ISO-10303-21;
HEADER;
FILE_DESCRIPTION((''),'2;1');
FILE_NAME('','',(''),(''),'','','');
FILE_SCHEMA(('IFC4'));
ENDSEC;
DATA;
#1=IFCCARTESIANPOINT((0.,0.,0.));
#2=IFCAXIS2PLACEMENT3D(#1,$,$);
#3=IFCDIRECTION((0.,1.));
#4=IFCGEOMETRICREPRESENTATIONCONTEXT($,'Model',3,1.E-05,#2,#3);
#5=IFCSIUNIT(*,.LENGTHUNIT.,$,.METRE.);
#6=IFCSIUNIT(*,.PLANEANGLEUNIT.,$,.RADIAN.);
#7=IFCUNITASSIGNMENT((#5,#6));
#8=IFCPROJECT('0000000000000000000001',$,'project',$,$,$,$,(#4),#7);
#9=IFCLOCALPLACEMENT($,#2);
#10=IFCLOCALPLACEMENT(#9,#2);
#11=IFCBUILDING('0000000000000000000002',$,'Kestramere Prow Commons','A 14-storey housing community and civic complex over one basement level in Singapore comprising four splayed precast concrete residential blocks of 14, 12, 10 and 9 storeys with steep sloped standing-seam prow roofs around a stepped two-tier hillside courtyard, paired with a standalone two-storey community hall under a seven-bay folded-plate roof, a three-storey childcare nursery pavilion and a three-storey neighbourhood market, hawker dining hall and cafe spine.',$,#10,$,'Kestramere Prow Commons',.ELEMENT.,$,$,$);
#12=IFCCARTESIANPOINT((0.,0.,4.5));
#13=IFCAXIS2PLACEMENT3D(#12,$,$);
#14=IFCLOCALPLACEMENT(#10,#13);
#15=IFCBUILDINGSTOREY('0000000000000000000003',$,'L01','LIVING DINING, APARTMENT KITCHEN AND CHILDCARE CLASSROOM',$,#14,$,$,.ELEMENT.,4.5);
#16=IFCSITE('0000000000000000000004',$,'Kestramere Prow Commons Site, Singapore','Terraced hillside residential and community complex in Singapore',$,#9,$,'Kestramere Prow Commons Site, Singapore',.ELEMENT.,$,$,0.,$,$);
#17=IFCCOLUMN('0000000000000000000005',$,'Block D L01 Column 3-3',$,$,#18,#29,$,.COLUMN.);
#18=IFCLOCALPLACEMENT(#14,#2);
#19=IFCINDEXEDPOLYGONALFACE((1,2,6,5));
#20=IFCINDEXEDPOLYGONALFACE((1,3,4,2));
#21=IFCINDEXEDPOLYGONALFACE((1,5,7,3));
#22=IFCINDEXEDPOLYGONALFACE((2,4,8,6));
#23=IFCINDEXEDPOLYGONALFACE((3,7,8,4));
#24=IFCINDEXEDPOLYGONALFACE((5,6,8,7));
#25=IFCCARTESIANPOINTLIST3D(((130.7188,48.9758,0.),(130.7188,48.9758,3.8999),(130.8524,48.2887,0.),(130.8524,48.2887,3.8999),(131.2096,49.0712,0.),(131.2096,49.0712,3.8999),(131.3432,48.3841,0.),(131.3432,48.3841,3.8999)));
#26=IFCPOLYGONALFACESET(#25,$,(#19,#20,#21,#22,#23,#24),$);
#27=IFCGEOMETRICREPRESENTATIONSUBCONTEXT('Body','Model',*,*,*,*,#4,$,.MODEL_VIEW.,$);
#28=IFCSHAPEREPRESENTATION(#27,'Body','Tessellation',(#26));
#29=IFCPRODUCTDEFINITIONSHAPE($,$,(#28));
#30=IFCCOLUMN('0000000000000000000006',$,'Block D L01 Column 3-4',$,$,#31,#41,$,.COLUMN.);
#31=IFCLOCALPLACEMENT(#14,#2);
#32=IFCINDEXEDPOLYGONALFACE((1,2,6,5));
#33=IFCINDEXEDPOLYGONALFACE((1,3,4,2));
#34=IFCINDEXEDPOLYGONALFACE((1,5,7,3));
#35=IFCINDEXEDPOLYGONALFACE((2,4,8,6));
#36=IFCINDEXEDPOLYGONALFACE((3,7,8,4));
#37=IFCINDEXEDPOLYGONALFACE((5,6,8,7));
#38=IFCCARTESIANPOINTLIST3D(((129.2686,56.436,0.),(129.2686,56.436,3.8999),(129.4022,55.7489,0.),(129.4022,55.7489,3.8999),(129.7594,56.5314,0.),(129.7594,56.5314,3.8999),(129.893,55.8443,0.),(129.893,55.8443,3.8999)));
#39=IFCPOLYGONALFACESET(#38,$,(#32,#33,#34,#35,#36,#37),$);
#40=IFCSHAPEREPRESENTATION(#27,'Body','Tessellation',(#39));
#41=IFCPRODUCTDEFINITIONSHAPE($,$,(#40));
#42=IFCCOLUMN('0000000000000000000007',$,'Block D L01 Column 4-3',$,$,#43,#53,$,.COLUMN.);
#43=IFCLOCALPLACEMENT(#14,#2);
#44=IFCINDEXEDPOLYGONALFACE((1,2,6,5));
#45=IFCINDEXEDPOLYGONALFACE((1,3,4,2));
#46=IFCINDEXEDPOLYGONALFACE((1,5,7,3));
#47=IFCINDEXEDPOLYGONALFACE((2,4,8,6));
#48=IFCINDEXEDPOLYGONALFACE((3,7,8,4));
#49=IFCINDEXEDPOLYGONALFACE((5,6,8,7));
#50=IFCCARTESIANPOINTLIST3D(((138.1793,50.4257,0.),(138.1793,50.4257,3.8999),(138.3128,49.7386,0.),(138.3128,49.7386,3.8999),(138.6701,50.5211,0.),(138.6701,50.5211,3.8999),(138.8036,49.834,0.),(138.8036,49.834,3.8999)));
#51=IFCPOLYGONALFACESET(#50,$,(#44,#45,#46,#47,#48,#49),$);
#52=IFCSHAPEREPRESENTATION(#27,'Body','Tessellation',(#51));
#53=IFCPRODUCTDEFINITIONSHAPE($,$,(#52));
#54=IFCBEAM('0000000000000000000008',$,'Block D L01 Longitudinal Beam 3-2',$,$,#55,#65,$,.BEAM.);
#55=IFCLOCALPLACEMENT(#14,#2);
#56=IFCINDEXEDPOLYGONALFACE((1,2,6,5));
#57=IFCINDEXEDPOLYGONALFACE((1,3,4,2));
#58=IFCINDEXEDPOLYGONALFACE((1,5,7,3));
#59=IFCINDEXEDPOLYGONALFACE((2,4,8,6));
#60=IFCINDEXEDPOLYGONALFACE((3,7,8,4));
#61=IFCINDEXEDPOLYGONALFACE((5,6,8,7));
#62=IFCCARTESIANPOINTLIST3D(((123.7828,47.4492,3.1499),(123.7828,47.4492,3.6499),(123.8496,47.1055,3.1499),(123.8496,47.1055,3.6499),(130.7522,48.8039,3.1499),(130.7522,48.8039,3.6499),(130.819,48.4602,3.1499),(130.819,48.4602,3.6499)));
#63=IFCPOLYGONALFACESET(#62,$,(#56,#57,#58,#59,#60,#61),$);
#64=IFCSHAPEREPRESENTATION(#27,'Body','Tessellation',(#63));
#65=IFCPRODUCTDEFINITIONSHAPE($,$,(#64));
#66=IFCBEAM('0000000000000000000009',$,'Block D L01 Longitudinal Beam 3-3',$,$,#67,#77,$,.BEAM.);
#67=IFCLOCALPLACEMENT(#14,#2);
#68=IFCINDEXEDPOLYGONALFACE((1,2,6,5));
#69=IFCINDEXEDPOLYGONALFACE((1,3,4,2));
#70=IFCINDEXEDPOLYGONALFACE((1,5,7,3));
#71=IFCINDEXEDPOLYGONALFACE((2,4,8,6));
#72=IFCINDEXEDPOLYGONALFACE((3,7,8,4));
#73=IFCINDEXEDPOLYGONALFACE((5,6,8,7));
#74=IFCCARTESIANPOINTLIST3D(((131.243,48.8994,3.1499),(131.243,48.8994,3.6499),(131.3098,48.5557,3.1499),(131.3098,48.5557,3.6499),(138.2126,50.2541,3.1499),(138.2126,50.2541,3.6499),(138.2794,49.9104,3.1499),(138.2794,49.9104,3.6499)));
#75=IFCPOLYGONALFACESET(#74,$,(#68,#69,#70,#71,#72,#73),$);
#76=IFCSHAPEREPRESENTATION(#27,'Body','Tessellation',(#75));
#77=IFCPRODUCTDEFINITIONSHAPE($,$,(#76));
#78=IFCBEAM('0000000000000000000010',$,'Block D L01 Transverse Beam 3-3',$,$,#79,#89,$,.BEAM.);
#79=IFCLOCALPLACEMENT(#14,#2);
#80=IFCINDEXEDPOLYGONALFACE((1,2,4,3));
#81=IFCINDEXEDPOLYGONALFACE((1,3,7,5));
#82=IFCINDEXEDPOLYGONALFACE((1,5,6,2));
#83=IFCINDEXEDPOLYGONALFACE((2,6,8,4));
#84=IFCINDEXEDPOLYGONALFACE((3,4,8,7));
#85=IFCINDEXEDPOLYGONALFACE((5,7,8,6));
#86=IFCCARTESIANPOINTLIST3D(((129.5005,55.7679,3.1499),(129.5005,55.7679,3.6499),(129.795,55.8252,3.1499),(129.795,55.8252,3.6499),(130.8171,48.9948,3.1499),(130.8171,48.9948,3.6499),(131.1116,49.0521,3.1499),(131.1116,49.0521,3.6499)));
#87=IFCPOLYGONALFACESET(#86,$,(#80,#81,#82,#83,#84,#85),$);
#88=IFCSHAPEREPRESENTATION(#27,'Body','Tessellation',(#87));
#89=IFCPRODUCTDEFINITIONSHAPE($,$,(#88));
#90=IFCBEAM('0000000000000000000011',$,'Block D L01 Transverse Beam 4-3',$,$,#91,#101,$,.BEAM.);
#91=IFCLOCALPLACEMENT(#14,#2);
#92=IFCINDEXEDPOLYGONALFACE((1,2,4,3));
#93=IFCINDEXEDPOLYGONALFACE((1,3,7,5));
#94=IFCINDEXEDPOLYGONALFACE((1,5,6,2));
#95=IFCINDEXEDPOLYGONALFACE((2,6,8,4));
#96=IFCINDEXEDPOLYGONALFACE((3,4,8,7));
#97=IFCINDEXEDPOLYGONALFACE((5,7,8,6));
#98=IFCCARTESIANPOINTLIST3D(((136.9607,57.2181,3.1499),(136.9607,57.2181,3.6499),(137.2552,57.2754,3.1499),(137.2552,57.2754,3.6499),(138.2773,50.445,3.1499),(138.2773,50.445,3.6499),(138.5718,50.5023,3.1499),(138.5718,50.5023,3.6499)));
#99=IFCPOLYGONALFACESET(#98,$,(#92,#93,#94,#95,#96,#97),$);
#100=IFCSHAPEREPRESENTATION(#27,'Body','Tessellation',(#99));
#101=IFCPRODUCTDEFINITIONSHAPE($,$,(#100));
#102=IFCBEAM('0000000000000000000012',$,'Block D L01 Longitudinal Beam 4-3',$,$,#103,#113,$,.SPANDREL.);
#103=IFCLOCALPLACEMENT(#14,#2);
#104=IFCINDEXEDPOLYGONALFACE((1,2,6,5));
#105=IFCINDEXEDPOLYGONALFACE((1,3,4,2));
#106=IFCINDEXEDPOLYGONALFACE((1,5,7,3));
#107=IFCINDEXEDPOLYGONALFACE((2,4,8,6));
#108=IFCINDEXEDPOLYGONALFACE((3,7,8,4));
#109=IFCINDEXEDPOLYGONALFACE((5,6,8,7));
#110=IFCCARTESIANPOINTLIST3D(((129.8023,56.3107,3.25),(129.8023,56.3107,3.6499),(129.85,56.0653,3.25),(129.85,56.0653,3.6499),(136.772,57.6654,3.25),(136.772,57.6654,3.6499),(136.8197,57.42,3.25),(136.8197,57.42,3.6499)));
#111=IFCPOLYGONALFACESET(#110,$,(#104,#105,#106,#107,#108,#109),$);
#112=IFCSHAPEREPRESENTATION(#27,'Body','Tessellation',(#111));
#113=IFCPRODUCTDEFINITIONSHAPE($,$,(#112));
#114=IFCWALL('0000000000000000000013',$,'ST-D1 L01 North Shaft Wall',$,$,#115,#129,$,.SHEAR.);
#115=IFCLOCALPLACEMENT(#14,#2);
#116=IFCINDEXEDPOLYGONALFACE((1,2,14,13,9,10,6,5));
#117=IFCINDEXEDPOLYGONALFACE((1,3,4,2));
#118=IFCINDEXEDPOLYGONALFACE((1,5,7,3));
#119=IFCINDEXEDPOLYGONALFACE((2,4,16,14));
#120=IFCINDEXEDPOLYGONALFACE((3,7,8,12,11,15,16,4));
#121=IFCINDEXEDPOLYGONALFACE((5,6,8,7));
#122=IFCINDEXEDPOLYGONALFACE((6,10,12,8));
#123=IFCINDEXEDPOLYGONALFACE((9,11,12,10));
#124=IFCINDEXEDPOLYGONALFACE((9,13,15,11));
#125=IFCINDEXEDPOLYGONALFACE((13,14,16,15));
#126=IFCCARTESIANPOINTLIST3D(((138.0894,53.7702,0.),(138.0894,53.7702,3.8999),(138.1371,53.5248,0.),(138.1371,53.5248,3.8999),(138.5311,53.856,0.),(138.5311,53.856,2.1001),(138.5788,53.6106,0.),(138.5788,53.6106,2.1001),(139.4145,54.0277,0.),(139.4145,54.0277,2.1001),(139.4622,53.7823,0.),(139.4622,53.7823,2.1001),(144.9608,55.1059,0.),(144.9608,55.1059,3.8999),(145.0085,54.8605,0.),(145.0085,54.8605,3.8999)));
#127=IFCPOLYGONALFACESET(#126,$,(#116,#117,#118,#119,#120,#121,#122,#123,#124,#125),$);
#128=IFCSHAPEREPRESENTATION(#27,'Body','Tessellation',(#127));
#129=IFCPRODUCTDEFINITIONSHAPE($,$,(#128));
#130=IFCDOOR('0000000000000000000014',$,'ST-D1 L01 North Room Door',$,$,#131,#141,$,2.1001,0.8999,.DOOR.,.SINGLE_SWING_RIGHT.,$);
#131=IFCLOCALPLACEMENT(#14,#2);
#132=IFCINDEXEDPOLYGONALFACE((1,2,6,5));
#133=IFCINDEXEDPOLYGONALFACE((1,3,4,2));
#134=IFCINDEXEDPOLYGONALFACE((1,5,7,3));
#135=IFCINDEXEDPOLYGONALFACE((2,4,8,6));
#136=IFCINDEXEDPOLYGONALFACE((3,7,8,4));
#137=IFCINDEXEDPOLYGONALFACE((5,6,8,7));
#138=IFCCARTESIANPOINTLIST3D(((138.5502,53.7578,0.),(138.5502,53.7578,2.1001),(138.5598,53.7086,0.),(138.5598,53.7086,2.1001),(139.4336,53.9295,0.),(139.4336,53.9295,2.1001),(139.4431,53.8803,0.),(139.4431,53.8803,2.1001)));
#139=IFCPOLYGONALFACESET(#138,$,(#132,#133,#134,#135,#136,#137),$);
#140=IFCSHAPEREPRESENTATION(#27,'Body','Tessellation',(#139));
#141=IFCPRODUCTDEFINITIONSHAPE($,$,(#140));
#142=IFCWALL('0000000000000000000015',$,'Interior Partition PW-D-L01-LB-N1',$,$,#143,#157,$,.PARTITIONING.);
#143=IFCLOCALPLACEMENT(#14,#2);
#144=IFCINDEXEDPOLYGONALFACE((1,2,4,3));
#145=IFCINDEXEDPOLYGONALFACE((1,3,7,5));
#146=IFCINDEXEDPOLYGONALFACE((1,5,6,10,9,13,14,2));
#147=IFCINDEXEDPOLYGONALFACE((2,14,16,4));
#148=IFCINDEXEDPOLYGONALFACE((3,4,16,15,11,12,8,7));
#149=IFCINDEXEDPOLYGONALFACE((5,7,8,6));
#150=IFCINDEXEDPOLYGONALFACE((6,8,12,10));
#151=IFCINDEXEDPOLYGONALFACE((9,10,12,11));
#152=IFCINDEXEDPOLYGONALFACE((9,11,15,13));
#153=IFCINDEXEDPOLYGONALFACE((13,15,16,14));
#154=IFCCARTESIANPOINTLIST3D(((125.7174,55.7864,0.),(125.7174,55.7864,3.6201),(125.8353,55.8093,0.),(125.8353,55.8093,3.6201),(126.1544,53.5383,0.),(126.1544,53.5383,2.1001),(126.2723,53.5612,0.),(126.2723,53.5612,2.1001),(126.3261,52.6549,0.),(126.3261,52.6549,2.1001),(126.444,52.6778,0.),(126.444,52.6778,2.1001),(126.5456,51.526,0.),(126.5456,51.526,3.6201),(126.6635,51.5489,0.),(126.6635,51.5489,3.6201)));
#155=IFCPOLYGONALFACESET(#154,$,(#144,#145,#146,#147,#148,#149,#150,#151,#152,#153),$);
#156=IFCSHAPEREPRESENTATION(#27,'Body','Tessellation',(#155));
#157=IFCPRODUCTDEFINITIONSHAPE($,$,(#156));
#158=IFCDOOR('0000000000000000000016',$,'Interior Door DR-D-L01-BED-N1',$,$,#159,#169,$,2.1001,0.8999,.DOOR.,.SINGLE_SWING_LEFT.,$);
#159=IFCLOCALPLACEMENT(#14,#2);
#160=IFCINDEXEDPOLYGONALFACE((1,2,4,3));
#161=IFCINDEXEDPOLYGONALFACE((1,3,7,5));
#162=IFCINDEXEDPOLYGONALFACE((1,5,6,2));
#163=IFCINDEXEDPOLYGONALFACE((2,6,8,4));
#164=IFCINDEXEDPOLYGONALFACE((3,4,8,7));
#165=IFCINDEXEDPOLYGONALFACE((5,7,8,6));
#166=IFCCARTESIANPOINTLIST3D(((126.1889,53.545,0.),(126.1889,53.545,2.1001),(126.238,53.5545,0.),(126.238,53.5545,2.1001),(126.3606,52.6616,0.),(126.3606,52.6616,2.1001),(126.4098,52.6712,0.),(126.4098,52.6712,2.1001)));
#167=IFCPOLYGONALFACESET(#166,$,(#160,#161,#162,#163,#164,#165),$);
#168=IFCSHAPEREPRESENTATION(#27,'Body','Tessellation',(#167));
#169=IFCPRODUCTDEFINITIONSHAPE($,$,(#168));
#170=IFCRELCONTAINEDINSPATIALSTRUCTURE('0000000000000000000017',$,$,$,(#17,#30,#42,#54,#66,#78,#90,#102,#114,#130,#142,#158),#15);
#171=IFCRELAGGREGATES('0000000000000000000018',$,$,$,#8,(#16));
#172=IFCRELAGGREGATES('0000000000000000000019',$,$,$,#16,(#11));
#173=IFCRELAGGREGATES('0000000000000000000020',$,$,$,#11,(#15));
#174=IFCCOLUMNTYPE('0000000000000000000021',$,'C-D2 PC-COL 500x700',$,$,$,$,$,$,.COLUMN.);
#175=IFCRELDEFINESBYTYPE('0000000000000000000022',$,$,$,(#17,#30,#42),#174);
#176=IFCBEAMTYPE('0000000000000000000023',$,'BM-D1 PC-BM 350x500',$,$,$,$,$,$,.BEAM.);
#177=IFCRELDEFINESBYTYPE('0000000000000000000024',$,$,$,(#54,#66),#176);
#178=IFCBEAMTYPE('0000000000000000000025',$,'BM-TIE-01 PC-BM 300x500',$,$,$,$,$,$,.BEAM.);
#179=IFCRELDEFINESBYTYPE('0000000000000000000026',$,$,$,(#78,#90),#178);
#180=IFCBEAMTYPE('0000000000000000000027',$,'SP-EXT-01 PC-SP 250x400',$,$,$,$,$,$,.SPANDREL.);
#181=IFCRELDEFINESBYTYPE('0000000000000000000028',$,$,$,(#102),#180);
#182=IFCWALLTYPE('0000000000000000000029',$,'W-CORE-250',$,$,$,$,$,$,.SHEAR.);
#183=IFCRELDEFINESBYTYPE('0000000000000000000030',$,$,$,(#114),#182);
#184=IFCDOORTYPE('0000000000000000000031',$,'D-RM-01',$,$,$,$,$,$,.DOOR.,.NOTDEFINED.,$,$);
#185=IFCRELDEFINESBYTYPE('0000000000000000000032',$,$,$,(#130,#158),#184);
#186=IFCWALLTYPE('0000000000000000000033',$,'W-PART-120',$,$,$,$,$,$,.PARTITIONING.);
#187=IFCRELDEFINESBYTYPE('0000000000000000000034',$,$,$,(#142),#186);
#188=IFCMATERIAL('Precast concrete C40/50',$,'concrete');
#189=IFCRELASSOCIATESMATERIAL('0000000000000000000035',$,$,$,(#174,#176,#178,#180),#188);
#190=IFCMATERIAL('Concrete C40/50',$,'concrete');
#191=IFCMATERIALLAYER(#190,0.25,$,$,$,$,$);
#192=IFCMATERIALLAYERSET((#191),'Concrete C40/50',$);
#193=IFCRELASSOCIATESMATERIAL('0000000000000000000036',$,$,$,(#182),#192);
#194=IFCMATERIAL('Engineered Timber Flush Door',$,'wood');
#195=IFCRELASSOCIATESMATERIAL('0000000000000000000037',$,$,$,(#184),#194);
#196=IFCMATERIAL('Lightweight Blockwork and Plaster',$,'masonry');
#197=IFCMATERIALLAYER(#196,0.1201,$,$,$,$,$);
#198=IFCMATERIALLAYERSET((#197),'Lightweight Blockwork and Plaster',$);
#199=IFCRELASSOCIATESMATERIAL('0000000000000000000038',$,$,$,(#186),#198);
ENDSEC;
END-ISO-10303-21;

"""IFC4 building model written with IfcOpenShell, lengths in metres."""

from ifc_helpers import new_model, si_unit, direction, frame, frame_2d, origin, origin_2d, place, context, subcontext, project, spatial, rectangle, extrude, material, layer, layer_set, material_profile, profile_set, type_object, element, fill, save


model = new_model("IFC4")

# Units and contexts
model_context = context("Model", 3, precision=1e-05, world=origin(), true_north=direction((0.0, 1.0)))
body_context = subcontext(model_context, "Body", "Model", "MODEL_VIEW")
ifc_project = project(units=[si_unit("LENGTHUNIT", "METRE"), si_unit("PLANEANGLEUNIT", "RADIAN")], contexts=[model_context])

# Site, building, storey
site_placement = place(None, origin())
site = spatial("IfcSite", under=ifc_project, at=site_placement, Name="Kestramere Prow Commons Site, Singapore", Description="Terraced hillside residential and community complex in Singapore", LongName="Kestramere Prow Commons Site, Singapore", CompositionType="ELEMENT", RefElevation=0.0)
building_placement = place(site_placement, origin())
building = spatial("IfcBuilding", under=site, at=building_placement, Name="Kestramere Prow Commons", Description="A 14-storey housing community and civic complex over one basement level in Singapore comprising four splayed precast concrete residential blocks of 14, 12, 10 and 9 storeys with steep sloped standing-seam prow roofs around a stepped two-tier hillside courtyard, paired with a standalone two-storey community hall under a seven-bay folded-plate roof, a three-storey childcare nursery pavilion and a three-storey neighbourhood market, hawker dining hall and cafe spine.", LongName="Kestramere Prow Commons", CompositionType="ELEMENT")
storey_placement = place(building_placement, frame((0.0, 0.0, 4.5)))
storey = spatial("IfcBuildingStorey", under=building, at=storey_placement, Name="L01", Description="LIVING DINING, APARTMENT KITCHEN AND CHILDCARE CLASSROOM", CompositionType="ELEMENT", Elevation=4.5)

# Columns
ifc_material_1 = material(Name="Precast concrete C40/50", Category="concrete")
ifc_material_profile_1 = material_profile(ifc_material_1, rectangle(XDim=0.5, YDim=0.7, at=origin_2d()), Name="PC-COL 500x700")
ifc_profile_set_1 = profile_set([ifc_material_profile_1], Name="Precast concrete C40/50")
column_type = type_object("IfcColumnType", Name="C-D2 PC-COL 500x700", PredefinedType="COLUMN", material=ifc_profile_set_1)
for number, where, z_axis, x_axis, name in (
    (1, (131.031, 48.6799, 0.0), (0.0, 0.0, 1.0), (0.981627, 0.190809, 0.0), "Block D L01 Column 3-3"),
    (2, (129.5808, 56.1401, 0.0), (0.0, 0.0, 1.0), (0.981627, 0.190809, 0.0), "Block D L01 Column 3-4"),
    (3, (138.4915, 50.1299, 0.0), (0.0, 0.0, 1.0), (0.981627, 0.190809, 0.0), "Block D L01 Column 4-3"),
):
    element("IfcColumn", number, at=place(storey_placement, frame(where, z_axis=z_axis, x_axis=x_axis)), inside=storey, type_object=column_type, Name=name, PredefinedType="COLUMN", context=body_context, shape_type="SweptSolid", body=[
        extrude(rectangle(XDim=0.5, YDim=0.7, at=origin_2d()), origin(), (0.0, 0.0, 1.0), 3.8999),
    ])

# Beams
ifc_material_profile_2 = material_profile(ifc_material_1, rectangle(XDim=0.3501, YDim=0.5, at=origin_2d()), Name="PC-BM 350x500")
ifc_profile_set_2 = profile_set([ifc_material_profile_2], Name="Precast concrete C40/50")
beam_type_1 = type_object("IfcBeamType", Name="BM-D1 PC-BM 350x500", PredefinedType="BEAM", material=ifc_profile_set_2)
beam_1_placement = place(storey_placement, frame((123.8162, 47.2773, 3.3999), z_axis=(0.981627, 0.19081, 0.0), x_axis=(-0.19081, 0.981627, 0.0)))
element("IfcBeam", 4, at=beam_1_placement, inside=storey, type_object=beam_type_1, Name="Block D L01 Longitudinal Beam 3-2", PredefinedType="BEAM", context=body_context, shape_type="SweptSolid", body=[
    extrude(rectangle(XDim=0.3501, YDim=0.5, at=origin_2d()), origin(), (0.0, 0.0, 1.0), 7.0999),
])
beam_2_placement = place(storey_placement, frame((131.2764, 48.7275, 3.3999), z_axis=(0.981628, 0.190803, 0.0), x_axis=(-0.190803, 0.981628, 0.0)))
element("IfcBeam", 5, at=beam_2_placement, inside=storey, type_object=beam_type_1, Name="Block D L01 Longitudinal Beam 3-3", PredefinedType="BEAM", context=body_context, shape_type="SweptSolid", body=[
    extrude(rectangle(XDim=0.3501, YDim=0.5, at=origin_2d()), origin(), (0.0, 0.0, 1.0), 7.1001),
])
ifc_material_profile_3 = material_profile(ifc_material_1, rectangle(XDim=0.3, YDim=0.5, at=origin_2d()), Name="PC-BM 300x500")
ifc_profile_set_3 = profile_set([ifc_material_profile_3], Name="Precast concrete C40/50")
beam_type_2 = type_object("IfcBeamType", Name="BM-TIE-01 PC-BM 300x500", PredefinedType="BEAM", material=ifc_profile_set_3)
for number, where, z_axis, x_axis, name in (
    (6, (130.9644, 49.0234, 3.3999), (-0.190819, 0.981625, 0.0), (-0.981625, -0.190819, 0.0), "Block D L01 Transverse Beam 3-3"),
    (7, (138.4246, 50.4736, 3.3999), (-0.190819, 0.981625, 0.0), (-0.981625, -0.190819, 0.0), "Block D L01 Transverse Beam 4-3"),
):
    element("IfcBeam", number, at=place(storey_placement, frame(where, z_axis=z_axis, x_axis=x_axis)), inside=storey, type_object=beam_type_2, Name=name, PredefinedType="BEAM", context=body_context, shape_type="SweptSolid", body=[
        extrude(rectangle(XDim=0.3, YDim=0.5, at=origin_2d()), origin(), (0.0, 0.0, 1.0), 6.8999),
    ])
ifc_material_profile_4 = material_profile(ifc_material_1, rectangle(XDim=0.25, YDim=0.3999, at=origin_2d()), Name="PC-SP 250x400")
ifc_profile_set_4 = profile_set([ifc_material_profile_4], Name="Precast concrete C40/50")
beam_type_3 = type_object("IfcBeamType", Name="SP-EXT-01 PC-SP 250x400", PredefinedType="SPANDREL", material=ifc_profile_set_4)
beam_3_placement = place(storey_placement, frame((129.8262, 56.188, 3.45), z_axis=(0.981628, 0.190803, 0.0), x_axis=(-0.190803, 0.981628, 0.0)))
element("IfcBeam", 8, at=beam_3_placement, inside=storey, type_object=beam_type_3, Name="Block D L01 Longitudinal Beam 4-3", PredefinedType="SPANDREL", context=body_context, shape_type="SweptSolid", body=[
    extrude(rectangle(XDim=0.25, YDim=0.3999, at=origin_2d()), origin(), (0.0, 0.0, 1.0), 7.1001),
])

# Walls, openings, doors
ifc_material_2 = material(Name="Concrete C40/50", Category="concrete")
ifc_layer_1 = layer(ifc_material_2, 0.25)
ifc_layer_set_1 = layer_set([ifc_layer_1], Name="Concrete C40/50")
wall_type_1 = type_object("IfcWallType", Name="W-CORE-250", PredefinedType="SHEAR", material=ifc_layer_set_1)
wall_1_placement = place(storey_placement, frame((138.1133, 53.6475, 0.0), z_axis=(0.0, 0.0, 1.0), x_axis=(0.981626, 0.190815, 0.0)))
wall_1 = element("IfcWall", 9, at=wall_1_placement, inside=storey, type_object=wall_type_1, Name="ST-D1 L01 North Shaft Wall", PredefinedType="SHEAR", context=body_context, shape_type="SweptSolid", body=[
    extrude(rectangle(XDim=7.0, YDim=0.25, at=frame_2d((3.5, 0.0))), origin(), (0.0, 0.0, 1.0), 3.8999),
])
opening_1_placement = place(wall_1_placement, frame((0.45, 0.0, 0.0)))
opening_1 = element("IfcOpeningElement", 10, at=opening_1_placement, cuts=wall_1, PredefinedType="OPENING", context=body_context, shape_type="SweptSolid", body=[
    extrude(rectangle(XDim=0.8999, YDim=2.1001, at=frame_2d((0.45, 1.05))), frame((0.0, 0.1399, 0.0), z_axis=(0.0, -1.0, 0.0), x_axis=(1.0, 0.0, 0.0)), (0.0, 0.0, 1.0), 0.28),
])
ifc_material_3 = material(Name="Engineered Timber Flush Door", Category="wood")
door_type_1 = type_object("IfcDoorType", Name="D-RM-01", OperationType="NOTDEFINED", PredefinedType="DOOR", material=ifc_material_3)
door_1_placement = place(opening_1_placement, origin())
door_1 = element("IfcDoor", 11, at=door_1_placement, inside=storey, type_object=door_type_1, Name="ST-D1 L01 North Room Door", OperationType="SINGLE_SWING_RIGHT", OverallHeight=2.1001, OverallWidth=0.8999, PredefinedType="DOOR", context=body_context, shape_type="SweptSolid", body=[
    extrude(rectangle(XDim=0.8999, YDim=2.1001, at=frame_2d((0.45, 1.05))), frame((0.0, 0.0249, 0.0), z_axis=(0.0, -1.0, 0.0), x_axis=(1.0, 0.0, 0.0)), (0.0, 0.0, 1.0), 0.05),
])
fill(opening_1, door_1)
ifc_material_4 = material(Name="Lightweight Blockwork and Plaster", Category="masonry")
ifc_layer_2 = layer(ifc_material_4, 0.1201)
ifc_layer_set_2 = layer_set([ifc_layer_2], Name="Lightweight Blockwork and Plaster")
wall_type_2 = type_object("IfcWallType", Name="W-PART-120", PredefinedType="PARTITIONING", material=ifc_layer_set_2)
wall_2_placement = place(storey_placement, frame((126.6045, 51.5376, 0.0), z_axis=(0.0, 0.0, 1.0), x_axis=(-0.190812, 0.981627, 0.0)))
wall_2 = element("IfcWall", 12, at=wall_2_placement, inside=storey, type_object=wall_type_2, Name="Interior Partition PW-D-L01-LB-N1", PredefinedType="PARTITIONING", context=body_context, shape_type="SweptSolid", body=[
    extrude(rectangle(XDim=4.3401, YDim=0.1201, at=frame_2d((2.1699, 0.0))), origin(), (0.0, 0.0, 1.0), 3.6201),
])
opening_2_placement = place(wall_2_placement, frame((1.1499, 0.0, 0.0)))
opening_2 = element("IfcOpeningElement", 13, at=opening_2_placement, cuts=wall_2, PredefinedType="OPENING", context=body_context, shape_type="SweptSolid", body=[
    extrude(rectangle(XDim=0.8999, YDim=2.1001, at=frame_2d((0.45, 1.05))), frame((0.0, 0.075, 0.0), z_axis=(0.0, -1.0, 0.0), x_axis=(1.0, 0.0, 0.0)), (0.0, 0.0, 1.0), 0.1501),
])
door_2_placement = place(opening_2_placement, origin())
door_2 = element("IfcDoor", 14, at=door_2_placement, inside=storey, type_object=door_type_1, Name="Interior Door DR-D-L01-BED-N1", OperationType="SINGLE_SWING_LEFT", OverallHeight=2.1001, OverallWidth=0.8999, PredefinedType="DOOR", context=body_context, shape_type="SweptSolid", body=[
    extrude(rectangle(XDim=0.8999, YDim=2.1001, at=frame_2d((0.45, 1.05))), frame((0.0, 0.0249, 0.0), z_axis=(0.0, -1.0, 0.0), x_axis=(1.0, 0.0, 0.0)), (0.0, 0.0, 1.0), 0.05),
])
fill(opening_2, door_2)

save(model, "model.ifc")
